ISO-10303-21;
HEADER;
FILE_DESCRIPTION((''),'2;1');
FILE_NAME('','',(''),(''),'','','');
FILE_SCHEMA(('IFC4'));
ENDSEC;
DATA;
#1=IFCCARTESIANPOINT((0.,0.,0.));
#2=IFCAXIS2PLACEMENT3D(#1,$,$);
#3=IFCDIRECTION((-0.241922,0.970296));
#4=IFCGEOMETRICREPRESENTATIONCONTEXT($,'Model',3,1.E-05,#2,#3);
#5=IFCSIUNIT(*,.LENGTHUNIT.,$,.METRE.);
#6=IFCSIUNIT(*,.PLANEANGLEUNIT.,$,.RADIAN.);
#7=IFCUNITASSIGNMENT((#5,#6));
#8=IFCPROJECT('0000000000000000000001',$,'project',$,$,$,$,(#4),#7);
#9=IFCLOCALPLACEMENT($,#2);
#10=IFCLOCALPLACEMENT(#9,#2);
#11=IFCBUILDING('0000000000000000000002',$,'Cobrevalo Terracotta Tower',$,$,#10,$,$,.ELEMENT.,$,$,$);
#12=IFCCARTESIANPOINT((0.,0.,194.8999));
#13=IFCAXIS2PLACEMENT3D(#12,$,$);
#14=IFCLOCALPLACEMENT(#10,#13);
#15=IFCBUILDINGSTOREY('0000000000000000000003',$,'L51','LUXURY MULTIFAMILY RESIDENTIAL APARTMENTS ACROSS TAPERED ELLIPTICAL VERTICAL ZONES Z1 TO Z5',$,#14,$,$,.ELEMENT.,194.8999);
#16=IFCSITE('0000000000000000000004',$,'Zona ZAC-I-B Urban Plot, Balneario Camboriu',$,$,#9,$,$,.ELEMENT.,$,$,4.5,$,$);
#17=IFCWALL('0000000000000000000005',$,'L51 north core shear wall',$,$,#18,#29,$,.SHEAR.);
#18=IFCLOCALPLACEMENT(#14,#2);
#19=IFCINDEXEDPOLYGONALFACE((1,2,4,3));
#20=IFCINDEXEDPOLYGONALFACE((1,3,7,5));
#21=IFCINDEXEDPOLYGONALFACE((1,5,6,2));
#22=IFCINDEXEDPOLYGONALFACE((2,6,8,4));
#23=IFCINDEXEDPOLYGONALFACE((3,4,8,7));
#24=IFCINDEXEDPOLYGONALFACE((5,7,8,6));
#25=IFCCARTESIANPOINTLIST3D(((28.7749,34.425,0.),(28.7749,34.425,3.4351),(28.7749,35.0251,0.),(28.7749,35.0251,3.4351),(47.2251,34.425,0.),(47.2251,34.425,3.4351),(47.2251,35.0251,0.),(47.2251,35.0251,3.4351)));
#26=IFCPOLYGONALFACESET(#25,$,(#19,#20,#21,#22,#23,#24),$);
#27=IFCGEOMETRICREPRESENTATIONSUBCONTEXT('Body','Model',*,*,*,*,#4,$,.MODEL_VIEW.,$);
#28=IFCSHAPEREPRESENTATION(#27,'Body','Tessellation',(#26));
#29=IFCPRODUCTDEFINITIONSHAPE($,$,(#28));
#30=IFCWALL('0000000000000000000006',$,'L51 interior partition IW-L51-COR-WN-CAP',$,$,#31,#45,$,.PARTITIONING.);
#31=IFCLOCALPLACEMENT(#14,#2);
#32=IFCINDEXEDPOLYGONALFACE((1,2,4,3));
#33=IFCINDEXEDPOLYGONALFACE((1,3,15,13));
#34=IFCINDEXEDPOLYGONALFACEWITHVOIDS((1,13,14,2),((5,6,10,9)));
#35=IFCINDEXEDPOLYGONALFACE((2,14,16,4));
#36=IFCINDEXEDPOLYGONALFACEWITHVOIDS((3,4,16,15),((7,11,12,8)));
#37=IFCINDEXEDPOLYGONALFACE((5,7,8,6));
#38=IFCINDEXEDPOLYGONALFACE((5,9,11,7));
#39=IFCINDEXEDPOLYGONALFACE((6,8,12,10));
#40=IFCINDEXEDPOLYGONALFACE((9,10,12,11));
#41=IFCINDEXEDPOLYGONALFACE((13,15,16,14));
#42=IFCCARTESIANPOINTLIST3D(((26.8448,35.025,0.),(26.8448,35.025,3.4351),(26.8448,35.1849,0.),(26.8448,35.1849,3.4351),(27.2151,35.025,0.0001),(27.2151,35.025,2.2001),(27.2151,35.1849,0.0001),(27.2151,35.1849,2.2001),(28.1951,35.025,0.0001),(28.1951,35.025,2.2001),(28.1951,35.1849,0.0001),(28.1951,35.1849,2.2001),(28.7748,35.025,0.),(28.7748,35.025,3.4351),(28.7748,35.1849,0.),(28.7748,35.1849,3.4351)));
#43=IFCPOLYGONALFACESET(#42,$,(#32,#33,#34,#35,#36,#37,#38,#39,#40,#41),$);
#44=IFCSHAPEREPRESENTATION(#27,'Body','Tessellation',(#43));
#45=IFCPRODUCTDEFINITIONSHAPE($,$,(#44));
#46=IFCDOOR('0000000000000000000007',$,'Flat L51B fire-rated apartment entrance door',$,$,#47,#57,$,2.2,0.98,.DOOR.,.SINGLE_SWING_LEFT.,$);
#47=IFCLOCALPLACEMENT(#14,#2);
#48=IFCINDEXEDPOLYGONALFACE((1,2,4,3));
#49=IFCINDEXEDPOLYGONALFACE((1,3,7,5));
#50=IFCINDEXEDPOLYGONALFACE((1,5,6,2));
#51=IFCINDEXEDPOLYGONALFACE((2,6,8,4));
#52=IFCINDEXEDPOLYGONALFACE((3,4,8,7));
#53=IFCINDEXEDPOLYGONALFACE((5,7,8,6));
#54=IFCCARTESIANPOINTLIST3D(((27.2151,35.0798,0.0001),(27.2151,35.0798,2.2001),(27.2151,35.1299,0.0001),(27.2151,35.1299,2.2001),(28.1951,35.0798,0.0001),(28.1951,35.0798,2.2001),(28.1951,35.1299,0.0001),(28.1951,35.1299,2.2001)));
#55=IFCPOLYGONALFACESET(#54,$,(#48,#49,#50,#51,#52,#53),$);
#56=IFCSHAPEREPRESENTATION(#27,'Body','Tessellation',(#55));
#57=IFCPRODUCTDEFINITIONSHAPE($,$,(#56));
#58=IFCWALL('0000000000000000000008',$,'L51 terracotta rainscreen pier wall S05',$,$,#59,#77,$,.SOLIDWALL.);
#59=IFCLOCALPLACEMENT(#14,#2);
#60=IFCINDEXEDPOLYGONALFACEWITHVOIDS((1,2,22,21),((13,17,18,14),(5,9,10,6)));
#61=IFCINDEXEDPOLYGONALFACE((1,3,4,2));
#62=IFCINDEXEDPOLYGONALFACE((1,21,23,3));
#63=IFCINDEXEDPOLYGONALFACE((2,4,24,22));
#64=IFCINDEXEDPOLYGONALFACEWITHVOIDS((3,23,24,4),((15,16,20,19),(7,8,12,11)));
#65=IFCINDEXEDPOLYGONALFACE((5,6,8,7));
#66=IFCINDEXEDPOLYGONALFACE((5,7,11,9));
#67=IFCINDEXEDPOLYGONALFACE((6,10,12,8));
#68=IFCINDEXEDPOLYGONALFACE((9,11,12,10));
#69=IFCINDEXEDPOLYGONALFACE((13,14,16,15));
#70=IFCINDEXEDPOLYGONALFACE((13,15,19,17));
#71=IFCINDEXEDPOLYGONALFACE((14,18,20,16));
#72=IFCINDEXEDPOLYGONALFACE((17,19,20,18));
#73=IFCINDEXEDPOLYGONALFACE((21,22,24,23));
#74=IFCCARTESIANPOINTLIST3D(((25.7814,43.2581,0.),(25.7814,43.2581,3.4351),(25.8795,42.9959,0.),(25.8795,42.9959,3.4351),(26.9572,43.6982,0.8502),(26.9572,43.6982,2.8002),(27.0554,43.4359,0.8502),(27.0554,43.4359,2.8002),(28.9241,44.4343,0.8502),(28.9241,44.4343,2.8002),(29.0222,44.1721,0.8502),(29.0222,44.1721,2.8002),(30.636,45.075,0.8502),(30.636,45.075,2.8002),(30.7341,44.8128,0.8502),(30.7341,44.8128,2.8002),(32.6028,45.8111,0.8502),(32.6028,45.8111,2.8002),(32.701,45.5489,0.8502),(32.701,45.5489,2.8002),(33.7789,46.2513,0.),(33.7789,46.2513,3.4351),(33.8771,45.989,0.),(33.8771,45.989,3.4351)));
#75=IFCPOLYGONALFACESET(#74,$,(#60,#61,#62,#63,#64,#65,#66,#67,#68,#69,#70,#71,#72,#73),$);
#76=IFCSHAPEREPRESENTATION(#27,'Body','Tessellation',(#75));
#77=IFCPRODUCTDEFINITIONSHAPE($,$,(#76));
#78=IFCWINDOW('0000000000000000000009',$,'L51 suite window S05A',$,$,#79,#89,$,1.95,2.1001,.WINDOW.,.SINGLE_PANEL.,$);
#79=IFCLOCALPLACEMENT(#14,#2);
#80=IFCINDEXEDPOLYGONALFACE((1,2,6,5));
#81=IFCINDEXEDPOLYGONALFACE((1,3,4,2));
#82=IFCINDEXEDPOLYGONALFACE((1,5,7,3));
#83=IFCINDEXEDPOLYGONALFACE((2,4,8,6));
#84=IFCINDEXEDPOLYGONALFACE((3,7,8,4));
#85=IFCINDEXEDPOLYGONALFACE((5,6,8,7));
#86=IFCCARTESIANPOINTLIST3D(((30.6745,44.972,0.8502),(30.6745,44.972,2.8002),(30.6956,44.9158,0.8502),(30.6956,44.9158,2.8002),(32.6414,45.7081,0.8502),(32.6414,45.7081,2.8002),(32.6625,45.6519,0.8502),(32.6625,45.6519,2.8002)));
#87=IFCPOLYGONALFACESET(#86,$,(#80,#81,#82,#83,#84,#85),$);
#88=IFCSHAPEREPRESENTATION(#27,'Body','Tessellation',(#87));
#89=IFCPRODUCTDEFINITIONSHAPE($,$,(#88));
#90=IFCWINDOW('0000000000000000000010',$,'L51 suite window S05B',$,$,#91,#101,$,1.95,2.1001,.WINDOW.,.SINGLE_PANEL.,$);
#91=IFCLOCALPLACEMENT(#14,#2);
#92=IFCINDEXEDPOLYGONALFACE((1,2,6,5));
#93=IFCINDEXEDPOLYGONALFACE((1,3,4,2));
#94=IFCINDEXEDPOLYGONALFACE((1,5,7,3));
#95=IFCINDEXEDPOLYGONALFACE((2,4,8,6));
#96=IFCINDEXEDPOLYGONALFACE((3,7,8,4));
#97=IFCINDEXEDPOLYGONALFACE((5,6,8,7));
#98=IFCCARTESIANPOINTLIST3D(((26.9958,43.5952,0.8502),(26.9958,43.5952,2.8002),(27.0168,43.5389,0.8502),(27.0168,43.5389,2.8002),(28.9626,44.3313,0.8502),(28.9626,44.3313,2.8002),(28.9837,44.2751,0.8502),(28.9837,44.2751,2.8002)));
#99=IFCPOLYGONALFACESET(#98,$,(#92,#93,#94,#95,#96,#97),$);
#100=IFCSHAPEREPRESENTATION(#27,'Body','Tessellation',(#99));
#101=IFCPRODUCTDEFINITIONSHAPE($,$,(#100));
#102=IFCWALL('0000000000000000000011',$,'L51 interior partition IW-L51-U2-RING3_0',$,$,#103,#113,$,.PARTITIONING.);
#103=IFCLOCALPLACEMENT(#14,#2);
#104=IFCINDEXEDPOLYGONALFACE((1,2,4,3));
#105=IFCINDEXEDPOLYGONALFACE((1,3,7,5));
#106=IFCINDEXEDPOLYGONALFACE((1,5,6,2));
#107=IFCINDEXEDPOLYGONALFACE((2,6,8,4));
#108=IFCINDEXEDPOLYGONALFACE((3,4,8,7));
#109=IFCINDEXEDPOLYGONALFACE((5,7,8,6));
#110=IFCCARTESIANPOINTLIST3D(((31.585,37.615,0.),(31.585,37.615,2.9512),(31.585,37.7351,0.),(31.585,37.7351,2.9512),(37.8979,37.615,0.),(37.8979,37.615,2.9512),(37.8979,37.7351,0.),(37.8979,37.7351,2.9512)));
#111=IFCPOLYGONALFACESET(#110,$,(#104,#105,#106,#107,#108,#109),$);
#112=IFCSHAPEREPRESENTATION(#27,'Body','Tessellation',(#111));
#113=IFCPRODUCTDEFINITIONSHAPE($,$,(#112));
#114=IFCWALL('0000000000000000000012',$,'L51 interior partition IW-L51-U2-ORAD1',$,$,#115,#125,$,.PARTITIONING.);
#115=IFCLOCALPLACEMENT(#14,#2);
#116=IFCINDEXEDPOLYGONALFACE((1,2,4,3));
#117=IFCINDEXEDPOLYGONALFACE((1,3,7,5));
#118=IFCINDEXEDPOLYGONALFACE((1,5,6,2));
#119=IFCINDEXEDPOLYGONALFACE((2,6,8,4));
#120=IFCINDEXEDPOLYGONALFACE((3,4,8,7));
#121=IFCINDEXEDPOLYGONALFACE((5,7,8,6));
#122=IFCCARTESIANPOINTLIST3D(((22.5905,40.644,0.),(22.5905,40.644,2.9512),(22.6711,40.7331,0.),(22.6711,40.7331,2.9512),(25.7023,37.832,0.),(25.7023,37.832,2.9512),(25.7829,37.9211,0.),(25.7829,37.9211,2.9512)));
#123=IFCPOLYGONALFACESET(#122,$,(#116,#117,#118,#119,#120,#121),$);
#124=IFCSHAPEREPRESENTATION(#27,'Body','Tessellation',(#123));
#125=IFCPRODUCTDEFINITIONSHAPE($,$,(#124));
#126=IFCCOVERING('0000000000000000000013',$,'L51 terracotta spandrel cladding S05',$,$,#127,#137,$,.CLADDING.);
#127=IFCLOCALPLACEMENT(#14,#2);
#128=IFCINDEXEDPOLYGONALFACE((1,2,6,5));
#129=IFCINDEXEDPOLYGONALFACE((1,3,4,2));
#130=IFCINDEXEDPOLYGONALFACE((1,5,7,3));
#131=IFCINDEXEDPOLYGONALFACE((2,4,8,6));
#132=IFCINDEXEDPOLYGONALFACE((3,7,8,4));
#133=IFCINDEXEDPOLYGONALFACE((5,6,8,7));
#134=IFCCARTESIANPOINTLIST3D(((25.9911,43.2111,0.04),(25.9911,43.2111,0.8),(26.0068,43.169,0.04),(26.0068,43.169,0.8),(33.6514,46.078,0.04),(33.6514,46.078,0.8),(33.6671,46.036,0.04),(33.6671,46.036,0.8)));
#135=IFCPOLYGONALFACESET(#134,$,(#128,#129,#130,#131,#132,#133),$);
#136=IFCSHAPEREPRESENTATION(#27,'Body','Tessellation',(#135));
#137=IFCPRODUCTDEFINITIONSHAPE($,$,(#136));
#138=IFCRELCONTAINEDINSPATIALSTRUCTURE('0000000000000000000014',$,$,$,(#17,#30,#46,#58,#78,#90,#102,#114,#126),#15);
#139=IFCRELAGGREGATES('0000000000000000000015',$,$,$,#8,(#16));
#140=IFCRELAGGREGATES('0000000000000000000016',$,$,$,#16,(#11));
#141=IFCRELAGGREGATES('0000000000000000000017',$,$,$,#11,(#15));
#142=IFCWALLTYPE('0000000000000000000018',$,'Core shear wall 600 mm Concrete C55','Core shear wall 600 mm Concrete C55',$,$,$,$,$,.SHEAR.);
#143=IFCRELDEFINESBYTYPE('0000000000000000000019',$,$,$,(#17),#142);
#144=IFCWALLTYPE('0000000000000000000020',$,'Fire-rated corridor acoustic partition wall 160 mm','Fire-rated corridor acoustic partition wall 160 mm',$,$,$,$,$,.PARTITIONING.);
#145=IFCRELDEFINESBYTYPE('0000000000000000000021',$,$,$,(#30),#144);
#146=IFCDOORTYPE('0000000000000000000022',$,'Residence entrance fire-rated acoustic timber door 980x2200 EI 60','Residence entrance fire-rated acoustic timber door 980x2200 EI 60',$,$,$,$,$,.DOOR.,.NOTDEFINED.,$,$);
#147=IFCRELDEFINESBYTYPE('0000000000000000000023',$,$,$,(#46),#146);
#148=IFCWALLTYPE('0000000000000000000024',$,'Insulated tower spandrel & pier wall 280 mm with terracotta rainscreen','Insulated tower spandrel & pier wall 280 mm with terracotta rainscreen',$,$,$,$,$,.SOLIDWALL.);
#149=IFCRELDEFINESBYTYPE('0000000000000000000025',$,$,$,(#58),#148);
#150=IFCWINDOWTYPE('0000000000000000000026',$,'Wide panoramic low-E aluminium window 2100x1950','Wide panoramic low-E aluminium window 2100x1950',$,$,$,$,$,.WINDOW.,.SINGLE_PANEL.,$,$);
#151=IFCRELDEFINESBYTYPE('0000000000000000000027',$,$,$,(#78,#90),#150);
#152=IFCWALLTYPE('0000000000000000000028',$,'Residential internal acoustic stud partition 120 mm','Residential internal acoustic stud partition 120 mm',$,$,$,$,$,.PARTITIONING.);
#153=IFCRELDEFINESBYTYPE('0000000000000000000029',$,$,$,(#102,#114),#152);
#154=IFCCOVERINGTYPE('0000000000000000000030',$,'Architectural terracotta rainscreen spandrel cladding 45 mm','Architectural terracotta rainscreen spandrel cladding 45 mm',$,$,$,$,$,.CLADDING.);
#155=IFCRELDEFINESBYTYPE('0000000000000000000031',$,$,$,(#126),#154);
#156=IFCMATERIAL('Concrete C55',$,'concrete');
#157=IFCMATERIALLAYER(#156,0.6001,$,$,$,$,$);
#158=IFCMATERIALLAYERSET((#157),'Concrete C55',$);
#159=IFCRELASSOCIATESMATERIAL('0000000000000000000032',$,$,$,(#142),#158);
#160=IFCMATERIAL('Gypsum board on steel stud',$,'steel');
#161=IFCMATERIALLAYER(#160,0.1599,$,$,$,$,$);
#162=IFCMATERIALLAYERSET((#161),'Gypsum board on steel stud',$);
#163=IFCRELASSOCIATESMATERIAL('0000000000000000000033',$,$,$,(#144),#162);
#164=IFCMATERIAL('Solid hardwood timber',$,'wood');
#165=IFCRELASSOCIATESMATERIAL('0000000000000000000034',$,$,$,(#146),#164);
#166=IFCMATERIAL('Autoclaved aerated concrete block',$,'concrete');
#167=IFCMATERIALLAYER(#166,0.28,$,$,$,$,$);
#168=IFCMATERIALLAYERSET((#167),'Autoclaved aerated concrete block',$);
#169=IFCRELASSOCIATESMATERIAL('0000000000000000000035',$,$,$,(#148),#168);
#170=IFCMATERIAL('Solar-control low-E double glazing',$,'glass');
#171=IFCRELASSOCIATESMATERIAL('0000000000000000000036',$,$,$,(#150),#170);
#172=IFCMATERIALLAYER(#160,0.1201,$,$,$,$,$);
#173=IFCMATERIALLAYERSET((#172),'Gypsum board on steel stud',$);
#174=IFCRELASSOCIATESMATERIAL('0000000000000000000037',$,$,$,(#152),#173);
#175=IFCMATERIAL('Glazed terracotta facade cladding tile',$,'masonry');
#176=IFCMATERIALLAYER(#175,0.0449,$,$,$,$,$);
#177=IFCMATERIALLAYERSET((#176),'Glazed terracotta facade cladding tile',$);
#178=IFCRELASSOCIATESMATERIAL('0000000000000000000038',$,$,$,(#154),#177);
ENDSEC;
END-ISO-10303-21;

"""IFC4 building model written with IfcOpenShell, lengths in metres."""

from ifc_helpers import new_model, si_unit, direction, frame, frame_2d, origin, origin_2d, place, context, subcontext, project, spatial, rectangle, extrude, source, transform, mapped, material, layer, layer_set, type_object, element, fill, save


model = new_model("IFC4")

# Units and contexts
model_context = context("Model", 3, precision=1e-05, world=origin(), true_north=direction((-0.241922, 0.970296)))
body_context = subcontext(model_context, "Body", "Model", "MODEL_VIEW")
ifc_project = project(units=[si_unit("LENGTHUNIT", "METRE"), si_unit("PLANEANGLEUNIT", "RADIAN")], contexts=[model_context])

# Site, building, storey
site_placement = place(None, origin())
site = spatial("IfcSite", under=ifc_project, at=site_placement, Name="Zona ZAC-I-B Urban Plot, Balneario Camboriu", CompositionType="ELEMENT", RefElevation=4.5)
building_placement = place(site_placement, origin())
building = spatial("IfcBuilding", under=site, at=building_placement, Name="Cobrevalo Terracotta Tower", CompositionType="ELEMENT")
storey_placement = place(building_placement, frame((0.0, 0.0, 194.8999)))
storey = spatial("IfcBuildingStorey", under=building, at=storey_placement, Name="L51", Description="LUXURY MULTIFAMILY RESIDENTIAL APARTMENTS ACROSS TAPERED ELLIPTICAL VERTICAL ZONES Z1 TO Z5", CompositionType="ELEMENT", Elevation=194.8999)

# Shared definitions
ifc_material_1 = material(Name="Concrete C55", Category="concrete")

# Wall
ifc_layer_1 = layer(ifc_material_1, 0.6001)
ifc_layer_set_1 = layer_set([ifc_layer_1], Name="Concrete C55")
wall_type_1 = type_object("IfcWallType", Name="Core shear wall 600 mm Concrete C55", Description="Core shear wall 600 mm Concrete C55", PredefinedType="SHEAR", material=ifc_layer_set_1)
wall_1_placement = place(storey_placement, frame((28.7749, 34.7251, 0.0), z_axis=(0.0, 0.0, 1.0), x_axis=(1.0, 0.0, 0.0)))
element("IfcWall", 1, at=wall_1_placement, inside=storey, type_object=wall_type_1, Name="L51 north core shear wall", PredefinedType="SHEAR", context=body_context, shape_type="SweptSolid", body=[
    extrude(rectangle(XDim=18.4502, YDim=0.6001, at=frame_2d((9.2251, 0.0))), origin(), (0.0, 0.0, 1.0), 3.4351),
])

# Wall, opening, door
ifc_material_2 = material(Name="Gypsum board on steel stud", Category="steel")
ifc_layer_2 = layer(ifc_material_2, 0.1599)
ifc_layer_set_2 = layer_set([ifc_layer_2], Name="Gypsum board on steel stud")
wall_type_2 = type_object("IfcWallType", Name="Fire-rated corridor acoustic partition wall 160 mm", Description="Fire-rated corridor acoustic partition wall 160 mm", PredefinedType="PARTITIONING", material=ifc_layer_set_2)
wall_2_placement = place(storey_placement, frame((26.845, 35.105, 0.0), z_axis=(0.0, 0.0, 1.0), x_axis=(1.0, 0.0, 0.0)))
wall_2 = element("IfcWall", 2, at=wall_2_placement, inside=storey, type_object=wall_type_2, Name="L51 interior partition IW-L51-COR-WN-CAP", PredefinedType="PARTITIONING", context=body_context, shape_type="SweptSolid", body=[
    extrude(rectangle(XDim=1.9299, YDim=0.1599, at=frame_2d((0.9648, 0.0))), origin(), (0.0, 0.0, 1.0), 3.4351),
])
opening_1_placement = place(wall_2_placement, frame((0.3701, 0.0, 0.0)))
opening_1 = element("IfcOpeningElement", 3, at=opening_1_placement, cuts=wall_2, PredefinedType="OPENING", context=body_context, shape_type="SweptSolid", body=[
    extrude(rectangle(XDim=0.98, YDim=2.2, at=frame_2d((0.49, 1.1001))), frame((0.0, 0.0898, 0.0), z_axis=(0.0, -1.0, 0.0), x_axis=(1.0, 0.0, 0.0)), (0.0, 0.0, 1.0), 0.1799),
])
ifc_material_3 = material(Name="Solid hardwood timber", Category="wood")
door_type_1 = type_object("IfcDoorType", Name="Residence entrance fire-rated acoustic timber door 980x2200 EI 60", Description="Residence entrance fire-rated acoustic timber door 980x2200 EI 60", OperationType="NOTDEFINED", PredefinedType="DOOR", material=ifc_material_3)
shared_shape_1 = source(origin(), body_context, "Body", "SweptSolid", [
    extrude(rectangle(XDim=0.98, YDim=2.2, at=frame_2d((0.49, 1.1001))), frame((0.0, 0.0249, 0.0), z_axis=(0.0, -1.0, 0.0), x_axis=(1.0, 0.0, 0.0)), (0.0, 0.0, 1.0), 0.05),
])
door_1_placement = place(opening_1_placement, origin())
door_1 = element("IfcDoor", 4, at=door_1_placement, inside=storey, type_object=door_type_1, Name="Flat L51B fire-rated apartment entrance door", OperationType="SINGLE_SWING_LEFT", OverallHeight=2.2, OverallWidth=0.98, PredefinedType="DOOR", context=body_context, shape_type="MappedRepresentation", body=[
    mapped(shared_shape_1, transform((0.0, 0.0, 0.0), scale=1.0)),
])
fill(opening_1, door_1)

# Wall, openings, windows
ifc_material_4 = material(Name="Autoclaved aerated concrete block", Category="concrete")
ifc_layer_3 = layer(ifc_material_4, 0.28)
ifc_layer_set_3 = layer_set([ifc_layer_3], Name="Autoclaved aerated concrete block")
wall_type_3 = type_object("IfcWallType", Name="Insulated tower spandrel & pier wall 280 mm with terracotta rainscreen", Description="Insulated tower spandrel & pier wall 280 mm with terracotta rainscreen", PredefinedType="SOLIDWALL", material=ifc_layer_set_3)
wall_3_placement = place(storey_placement, frame((33.8279, 46.1201, 0.0), z_axis=(0.0, 0.0, 1.0), x_axis=(-0.936557, -0.350516, 0.0)))
wall_3 = element("IfcWall", 5, at=wall_3_placement, inside=storey, type_object=wall_type_3, Name="L51 terracotta rainscreen pier wall S05", PredefinedType="SOLIDWALL", context=body_context, shape_type="SweptSolid", body=[
    extrude(rectangle(XDim=8.5393, YDim=0.28, at=frame_2d((4.2695, 0.0))), origin(), (0.0, 0.0, 1.0), 3.4351),
])
opening_2_placement = place(wall_3_placement, frame((1.2556, 0.0, 0.8501)))
opening_2 = element("IfcOpeningElement", 6, at=opening_2_placement, cuts=wall_3, PredefinedType="OPENING", context=body_context, shape_type="SweptSolid", body=[
    extrude(rectangle(XDim=2.1001, YDim=1.95, at=frame_2d((1.05, 0.9751))), frame((0.0, 0.1499, 0.0), z_axis=(0.0, -1.0, 0.0), x_axis=(1.0, 0.0, 0.0)), (0.0, 0.0, 1.0), 0.3),
])
opening_3_placement = place(wall_3_placement, frame((5.1836, 0.0, 0.8501)))
opening_3 = element("IfcOpeningElement", 7, at=opening_3_placement, cuts=wall_3, PredefinedType="OPENING", context=body_context, shape_type="SweptSolid", body=[
    extrude(rectangle(XDim=2.1001, YDim=1.95, at=frame_2d((1.05, 0.9751))), frame((0.0, 0.1499, 0.0), z_axis=(0.0, -1.0, 0.0), x_axis=(1.0, 0.0, 0.0)), (0.0, 0.0, 1.0), 0.3),
])
ifc_material_5 = material(Name="Solar-control low-E double glazing", Category="glass")
window_type = type_object("IfcWindowType", Name="Wide panoramic low-E aluminium window 2100x1950", Description="Wide panoramic low-E aluminium window 2100x1950", PartitioningType="SINGLE_PANEL", PredefinedType="WINDOW", material=ifc_material_5)
shared_shape_2 = source(origin(), body_context, "Body", "SweptSolid", [
    extrude(rectangle(XDim=2.1001, YDim=1.95, at=frame_2d((1.05, 0.9751))), frame((0.0, 0.03, 0.0), z_axis=(0.0, -1.0, 0.0), x_axis=(1.0, 0.0, 0.0)), (0.0, 0.0, 1.0), 0.0601),
])
window_1_placement = place(opening_2_placement, origin())
window_1 = element("IfcWindow", 8, at=window_1_placement, inside=storey, type_object=window_type, Name="L51 suite window S05A", OverallHeight=1.95, OverallWidth=2.1001, PartitioningType="SINGLE_PANEL", PredefinedType="WINDOW", context=body_context, shape_type="MappedRepresentation", body=[
    mapped(shared_shape_2, transform((0.0, 0.0, 0.0), scale=1.0)),
])
fill(opening_2, window_1)
window_2_placement = place(opening_3_placement, origin())
window_2 = element("IfcWindow", 9, at=window_2_placement, inside=storey, type_object=window_type, Name="L51 suite window S05B", OverallHeight=1.95, OverallWidth=2.1001, PartitioningType="SINGLE_PANEL", PredefinedType="WINDOW", context=body_context, shape_type="MappedRepresentation", body=[
    mapped(shared_shape_2, transform((0.0, 0.0, 0.0), scale=1.0)),
])
fill(opening_3, window_2)

# Walls
ifc_layer_4 = layer(ifc_material_2, 0.1201)
ifc_layer_set_4 = layer_set([ifc_layer_4], Name="Gypsum board on steel stud")
wall_type_4 = type_object("IfcWallType", Name="Residential internal acoustic stud partition 120 mm", Description="Residential internal acoustic stud partition 120 mm", PredefinedType="PARTITIONING", material=ifc_layer_set_4)
wall_4_placement = place(storey_placement, frame((31.585, 37.675, 0.0), z_axis=(0.0, 0.0, 1.0), x_axis=(1.0, 0.0, 0.0)))
element("IfcWall", 10, at=wall_4_placement, inside=storey, type_object=wall_type_4, Name="L51 interior partition IW-L51-U2-RING3_0", PredefinedType="PARTITIONING", context=body_context, shape_type="SweptSolid", body=[
    extrude(rectangle(XDim=6.313, YDim=0.1201, at=frame_2d((3.1565, 0.0))), origin(), (0.0, 0.0, 1.0), 2.9512),
])
wall_5_placement = place(storey_placement, frame((25.7427, 37.8765, 0.0), z_axis=(0.0, 0.0, 1.0), x_axis=(-0.741944, 0.670462, 0.0)))
element("IfcWall", 11, at=wall_5_placement, inside=storey, type_object=wall_type_4, Name="L51 interior partition IW-L51-U2-ORAD1", PredefinedType="PARTITIONING", context=body_context, shape_type="SweptSolid", body=[
    extrude(rectangle(XDim=4.1941, YDim=0.1201, at=frame_2d((2.0972, 0.0))), origin(), (0.0, 0.0, 1.0), 2.9512),
])

# Covering
ifc_material_6 = material(Name="Glazed terracotta facade cladding tile", Category="masonry")
ifc_layer_5 = layer(ifc_material_6, 0.0449)
ifc_layer_set_5 = layer_set([ifc_layer_5], Name="Glazed terracotta facade cladding tile")
covering_type = type_object("IfcCoveringType", Name="Architectural terracotta rainscreen spandrel cladding 45 mm", Description="Architectural terracotta rainscreen spandrel cladding 45 mm", PredefinedType="CLADDING", material=ifc_layer_set_5)
shared_shape_3 = source(origin(), body_context, "Body", "SweptSolid", [
    extrude(rectangle(XDim=8.1792, YDim=0.0449, at=origin_2d()), origin(), (0.0, 0.0, 1.0), 0.76),
])
covering_placement = place(storey_placement, frame((29.8291, 44.6235, 0.04), z_axis=(0.0, 0.0, 1.0), x_axis=(-0.936558, -0.350513, 0.0)))
element("IfcCovering", 12, at=covering_placement, inside=storey, type_object=covering_type, Name="L51 terracotta spandrel cladding S05", PredefinedType="CLADDING", context=body_context, shape_type="MappedRepresentation", body=[
    mapped(shared_shape_3, transform((0.0, 0.0, 0.0), scale=1.0)),
])

save(model, "model.ifc")
